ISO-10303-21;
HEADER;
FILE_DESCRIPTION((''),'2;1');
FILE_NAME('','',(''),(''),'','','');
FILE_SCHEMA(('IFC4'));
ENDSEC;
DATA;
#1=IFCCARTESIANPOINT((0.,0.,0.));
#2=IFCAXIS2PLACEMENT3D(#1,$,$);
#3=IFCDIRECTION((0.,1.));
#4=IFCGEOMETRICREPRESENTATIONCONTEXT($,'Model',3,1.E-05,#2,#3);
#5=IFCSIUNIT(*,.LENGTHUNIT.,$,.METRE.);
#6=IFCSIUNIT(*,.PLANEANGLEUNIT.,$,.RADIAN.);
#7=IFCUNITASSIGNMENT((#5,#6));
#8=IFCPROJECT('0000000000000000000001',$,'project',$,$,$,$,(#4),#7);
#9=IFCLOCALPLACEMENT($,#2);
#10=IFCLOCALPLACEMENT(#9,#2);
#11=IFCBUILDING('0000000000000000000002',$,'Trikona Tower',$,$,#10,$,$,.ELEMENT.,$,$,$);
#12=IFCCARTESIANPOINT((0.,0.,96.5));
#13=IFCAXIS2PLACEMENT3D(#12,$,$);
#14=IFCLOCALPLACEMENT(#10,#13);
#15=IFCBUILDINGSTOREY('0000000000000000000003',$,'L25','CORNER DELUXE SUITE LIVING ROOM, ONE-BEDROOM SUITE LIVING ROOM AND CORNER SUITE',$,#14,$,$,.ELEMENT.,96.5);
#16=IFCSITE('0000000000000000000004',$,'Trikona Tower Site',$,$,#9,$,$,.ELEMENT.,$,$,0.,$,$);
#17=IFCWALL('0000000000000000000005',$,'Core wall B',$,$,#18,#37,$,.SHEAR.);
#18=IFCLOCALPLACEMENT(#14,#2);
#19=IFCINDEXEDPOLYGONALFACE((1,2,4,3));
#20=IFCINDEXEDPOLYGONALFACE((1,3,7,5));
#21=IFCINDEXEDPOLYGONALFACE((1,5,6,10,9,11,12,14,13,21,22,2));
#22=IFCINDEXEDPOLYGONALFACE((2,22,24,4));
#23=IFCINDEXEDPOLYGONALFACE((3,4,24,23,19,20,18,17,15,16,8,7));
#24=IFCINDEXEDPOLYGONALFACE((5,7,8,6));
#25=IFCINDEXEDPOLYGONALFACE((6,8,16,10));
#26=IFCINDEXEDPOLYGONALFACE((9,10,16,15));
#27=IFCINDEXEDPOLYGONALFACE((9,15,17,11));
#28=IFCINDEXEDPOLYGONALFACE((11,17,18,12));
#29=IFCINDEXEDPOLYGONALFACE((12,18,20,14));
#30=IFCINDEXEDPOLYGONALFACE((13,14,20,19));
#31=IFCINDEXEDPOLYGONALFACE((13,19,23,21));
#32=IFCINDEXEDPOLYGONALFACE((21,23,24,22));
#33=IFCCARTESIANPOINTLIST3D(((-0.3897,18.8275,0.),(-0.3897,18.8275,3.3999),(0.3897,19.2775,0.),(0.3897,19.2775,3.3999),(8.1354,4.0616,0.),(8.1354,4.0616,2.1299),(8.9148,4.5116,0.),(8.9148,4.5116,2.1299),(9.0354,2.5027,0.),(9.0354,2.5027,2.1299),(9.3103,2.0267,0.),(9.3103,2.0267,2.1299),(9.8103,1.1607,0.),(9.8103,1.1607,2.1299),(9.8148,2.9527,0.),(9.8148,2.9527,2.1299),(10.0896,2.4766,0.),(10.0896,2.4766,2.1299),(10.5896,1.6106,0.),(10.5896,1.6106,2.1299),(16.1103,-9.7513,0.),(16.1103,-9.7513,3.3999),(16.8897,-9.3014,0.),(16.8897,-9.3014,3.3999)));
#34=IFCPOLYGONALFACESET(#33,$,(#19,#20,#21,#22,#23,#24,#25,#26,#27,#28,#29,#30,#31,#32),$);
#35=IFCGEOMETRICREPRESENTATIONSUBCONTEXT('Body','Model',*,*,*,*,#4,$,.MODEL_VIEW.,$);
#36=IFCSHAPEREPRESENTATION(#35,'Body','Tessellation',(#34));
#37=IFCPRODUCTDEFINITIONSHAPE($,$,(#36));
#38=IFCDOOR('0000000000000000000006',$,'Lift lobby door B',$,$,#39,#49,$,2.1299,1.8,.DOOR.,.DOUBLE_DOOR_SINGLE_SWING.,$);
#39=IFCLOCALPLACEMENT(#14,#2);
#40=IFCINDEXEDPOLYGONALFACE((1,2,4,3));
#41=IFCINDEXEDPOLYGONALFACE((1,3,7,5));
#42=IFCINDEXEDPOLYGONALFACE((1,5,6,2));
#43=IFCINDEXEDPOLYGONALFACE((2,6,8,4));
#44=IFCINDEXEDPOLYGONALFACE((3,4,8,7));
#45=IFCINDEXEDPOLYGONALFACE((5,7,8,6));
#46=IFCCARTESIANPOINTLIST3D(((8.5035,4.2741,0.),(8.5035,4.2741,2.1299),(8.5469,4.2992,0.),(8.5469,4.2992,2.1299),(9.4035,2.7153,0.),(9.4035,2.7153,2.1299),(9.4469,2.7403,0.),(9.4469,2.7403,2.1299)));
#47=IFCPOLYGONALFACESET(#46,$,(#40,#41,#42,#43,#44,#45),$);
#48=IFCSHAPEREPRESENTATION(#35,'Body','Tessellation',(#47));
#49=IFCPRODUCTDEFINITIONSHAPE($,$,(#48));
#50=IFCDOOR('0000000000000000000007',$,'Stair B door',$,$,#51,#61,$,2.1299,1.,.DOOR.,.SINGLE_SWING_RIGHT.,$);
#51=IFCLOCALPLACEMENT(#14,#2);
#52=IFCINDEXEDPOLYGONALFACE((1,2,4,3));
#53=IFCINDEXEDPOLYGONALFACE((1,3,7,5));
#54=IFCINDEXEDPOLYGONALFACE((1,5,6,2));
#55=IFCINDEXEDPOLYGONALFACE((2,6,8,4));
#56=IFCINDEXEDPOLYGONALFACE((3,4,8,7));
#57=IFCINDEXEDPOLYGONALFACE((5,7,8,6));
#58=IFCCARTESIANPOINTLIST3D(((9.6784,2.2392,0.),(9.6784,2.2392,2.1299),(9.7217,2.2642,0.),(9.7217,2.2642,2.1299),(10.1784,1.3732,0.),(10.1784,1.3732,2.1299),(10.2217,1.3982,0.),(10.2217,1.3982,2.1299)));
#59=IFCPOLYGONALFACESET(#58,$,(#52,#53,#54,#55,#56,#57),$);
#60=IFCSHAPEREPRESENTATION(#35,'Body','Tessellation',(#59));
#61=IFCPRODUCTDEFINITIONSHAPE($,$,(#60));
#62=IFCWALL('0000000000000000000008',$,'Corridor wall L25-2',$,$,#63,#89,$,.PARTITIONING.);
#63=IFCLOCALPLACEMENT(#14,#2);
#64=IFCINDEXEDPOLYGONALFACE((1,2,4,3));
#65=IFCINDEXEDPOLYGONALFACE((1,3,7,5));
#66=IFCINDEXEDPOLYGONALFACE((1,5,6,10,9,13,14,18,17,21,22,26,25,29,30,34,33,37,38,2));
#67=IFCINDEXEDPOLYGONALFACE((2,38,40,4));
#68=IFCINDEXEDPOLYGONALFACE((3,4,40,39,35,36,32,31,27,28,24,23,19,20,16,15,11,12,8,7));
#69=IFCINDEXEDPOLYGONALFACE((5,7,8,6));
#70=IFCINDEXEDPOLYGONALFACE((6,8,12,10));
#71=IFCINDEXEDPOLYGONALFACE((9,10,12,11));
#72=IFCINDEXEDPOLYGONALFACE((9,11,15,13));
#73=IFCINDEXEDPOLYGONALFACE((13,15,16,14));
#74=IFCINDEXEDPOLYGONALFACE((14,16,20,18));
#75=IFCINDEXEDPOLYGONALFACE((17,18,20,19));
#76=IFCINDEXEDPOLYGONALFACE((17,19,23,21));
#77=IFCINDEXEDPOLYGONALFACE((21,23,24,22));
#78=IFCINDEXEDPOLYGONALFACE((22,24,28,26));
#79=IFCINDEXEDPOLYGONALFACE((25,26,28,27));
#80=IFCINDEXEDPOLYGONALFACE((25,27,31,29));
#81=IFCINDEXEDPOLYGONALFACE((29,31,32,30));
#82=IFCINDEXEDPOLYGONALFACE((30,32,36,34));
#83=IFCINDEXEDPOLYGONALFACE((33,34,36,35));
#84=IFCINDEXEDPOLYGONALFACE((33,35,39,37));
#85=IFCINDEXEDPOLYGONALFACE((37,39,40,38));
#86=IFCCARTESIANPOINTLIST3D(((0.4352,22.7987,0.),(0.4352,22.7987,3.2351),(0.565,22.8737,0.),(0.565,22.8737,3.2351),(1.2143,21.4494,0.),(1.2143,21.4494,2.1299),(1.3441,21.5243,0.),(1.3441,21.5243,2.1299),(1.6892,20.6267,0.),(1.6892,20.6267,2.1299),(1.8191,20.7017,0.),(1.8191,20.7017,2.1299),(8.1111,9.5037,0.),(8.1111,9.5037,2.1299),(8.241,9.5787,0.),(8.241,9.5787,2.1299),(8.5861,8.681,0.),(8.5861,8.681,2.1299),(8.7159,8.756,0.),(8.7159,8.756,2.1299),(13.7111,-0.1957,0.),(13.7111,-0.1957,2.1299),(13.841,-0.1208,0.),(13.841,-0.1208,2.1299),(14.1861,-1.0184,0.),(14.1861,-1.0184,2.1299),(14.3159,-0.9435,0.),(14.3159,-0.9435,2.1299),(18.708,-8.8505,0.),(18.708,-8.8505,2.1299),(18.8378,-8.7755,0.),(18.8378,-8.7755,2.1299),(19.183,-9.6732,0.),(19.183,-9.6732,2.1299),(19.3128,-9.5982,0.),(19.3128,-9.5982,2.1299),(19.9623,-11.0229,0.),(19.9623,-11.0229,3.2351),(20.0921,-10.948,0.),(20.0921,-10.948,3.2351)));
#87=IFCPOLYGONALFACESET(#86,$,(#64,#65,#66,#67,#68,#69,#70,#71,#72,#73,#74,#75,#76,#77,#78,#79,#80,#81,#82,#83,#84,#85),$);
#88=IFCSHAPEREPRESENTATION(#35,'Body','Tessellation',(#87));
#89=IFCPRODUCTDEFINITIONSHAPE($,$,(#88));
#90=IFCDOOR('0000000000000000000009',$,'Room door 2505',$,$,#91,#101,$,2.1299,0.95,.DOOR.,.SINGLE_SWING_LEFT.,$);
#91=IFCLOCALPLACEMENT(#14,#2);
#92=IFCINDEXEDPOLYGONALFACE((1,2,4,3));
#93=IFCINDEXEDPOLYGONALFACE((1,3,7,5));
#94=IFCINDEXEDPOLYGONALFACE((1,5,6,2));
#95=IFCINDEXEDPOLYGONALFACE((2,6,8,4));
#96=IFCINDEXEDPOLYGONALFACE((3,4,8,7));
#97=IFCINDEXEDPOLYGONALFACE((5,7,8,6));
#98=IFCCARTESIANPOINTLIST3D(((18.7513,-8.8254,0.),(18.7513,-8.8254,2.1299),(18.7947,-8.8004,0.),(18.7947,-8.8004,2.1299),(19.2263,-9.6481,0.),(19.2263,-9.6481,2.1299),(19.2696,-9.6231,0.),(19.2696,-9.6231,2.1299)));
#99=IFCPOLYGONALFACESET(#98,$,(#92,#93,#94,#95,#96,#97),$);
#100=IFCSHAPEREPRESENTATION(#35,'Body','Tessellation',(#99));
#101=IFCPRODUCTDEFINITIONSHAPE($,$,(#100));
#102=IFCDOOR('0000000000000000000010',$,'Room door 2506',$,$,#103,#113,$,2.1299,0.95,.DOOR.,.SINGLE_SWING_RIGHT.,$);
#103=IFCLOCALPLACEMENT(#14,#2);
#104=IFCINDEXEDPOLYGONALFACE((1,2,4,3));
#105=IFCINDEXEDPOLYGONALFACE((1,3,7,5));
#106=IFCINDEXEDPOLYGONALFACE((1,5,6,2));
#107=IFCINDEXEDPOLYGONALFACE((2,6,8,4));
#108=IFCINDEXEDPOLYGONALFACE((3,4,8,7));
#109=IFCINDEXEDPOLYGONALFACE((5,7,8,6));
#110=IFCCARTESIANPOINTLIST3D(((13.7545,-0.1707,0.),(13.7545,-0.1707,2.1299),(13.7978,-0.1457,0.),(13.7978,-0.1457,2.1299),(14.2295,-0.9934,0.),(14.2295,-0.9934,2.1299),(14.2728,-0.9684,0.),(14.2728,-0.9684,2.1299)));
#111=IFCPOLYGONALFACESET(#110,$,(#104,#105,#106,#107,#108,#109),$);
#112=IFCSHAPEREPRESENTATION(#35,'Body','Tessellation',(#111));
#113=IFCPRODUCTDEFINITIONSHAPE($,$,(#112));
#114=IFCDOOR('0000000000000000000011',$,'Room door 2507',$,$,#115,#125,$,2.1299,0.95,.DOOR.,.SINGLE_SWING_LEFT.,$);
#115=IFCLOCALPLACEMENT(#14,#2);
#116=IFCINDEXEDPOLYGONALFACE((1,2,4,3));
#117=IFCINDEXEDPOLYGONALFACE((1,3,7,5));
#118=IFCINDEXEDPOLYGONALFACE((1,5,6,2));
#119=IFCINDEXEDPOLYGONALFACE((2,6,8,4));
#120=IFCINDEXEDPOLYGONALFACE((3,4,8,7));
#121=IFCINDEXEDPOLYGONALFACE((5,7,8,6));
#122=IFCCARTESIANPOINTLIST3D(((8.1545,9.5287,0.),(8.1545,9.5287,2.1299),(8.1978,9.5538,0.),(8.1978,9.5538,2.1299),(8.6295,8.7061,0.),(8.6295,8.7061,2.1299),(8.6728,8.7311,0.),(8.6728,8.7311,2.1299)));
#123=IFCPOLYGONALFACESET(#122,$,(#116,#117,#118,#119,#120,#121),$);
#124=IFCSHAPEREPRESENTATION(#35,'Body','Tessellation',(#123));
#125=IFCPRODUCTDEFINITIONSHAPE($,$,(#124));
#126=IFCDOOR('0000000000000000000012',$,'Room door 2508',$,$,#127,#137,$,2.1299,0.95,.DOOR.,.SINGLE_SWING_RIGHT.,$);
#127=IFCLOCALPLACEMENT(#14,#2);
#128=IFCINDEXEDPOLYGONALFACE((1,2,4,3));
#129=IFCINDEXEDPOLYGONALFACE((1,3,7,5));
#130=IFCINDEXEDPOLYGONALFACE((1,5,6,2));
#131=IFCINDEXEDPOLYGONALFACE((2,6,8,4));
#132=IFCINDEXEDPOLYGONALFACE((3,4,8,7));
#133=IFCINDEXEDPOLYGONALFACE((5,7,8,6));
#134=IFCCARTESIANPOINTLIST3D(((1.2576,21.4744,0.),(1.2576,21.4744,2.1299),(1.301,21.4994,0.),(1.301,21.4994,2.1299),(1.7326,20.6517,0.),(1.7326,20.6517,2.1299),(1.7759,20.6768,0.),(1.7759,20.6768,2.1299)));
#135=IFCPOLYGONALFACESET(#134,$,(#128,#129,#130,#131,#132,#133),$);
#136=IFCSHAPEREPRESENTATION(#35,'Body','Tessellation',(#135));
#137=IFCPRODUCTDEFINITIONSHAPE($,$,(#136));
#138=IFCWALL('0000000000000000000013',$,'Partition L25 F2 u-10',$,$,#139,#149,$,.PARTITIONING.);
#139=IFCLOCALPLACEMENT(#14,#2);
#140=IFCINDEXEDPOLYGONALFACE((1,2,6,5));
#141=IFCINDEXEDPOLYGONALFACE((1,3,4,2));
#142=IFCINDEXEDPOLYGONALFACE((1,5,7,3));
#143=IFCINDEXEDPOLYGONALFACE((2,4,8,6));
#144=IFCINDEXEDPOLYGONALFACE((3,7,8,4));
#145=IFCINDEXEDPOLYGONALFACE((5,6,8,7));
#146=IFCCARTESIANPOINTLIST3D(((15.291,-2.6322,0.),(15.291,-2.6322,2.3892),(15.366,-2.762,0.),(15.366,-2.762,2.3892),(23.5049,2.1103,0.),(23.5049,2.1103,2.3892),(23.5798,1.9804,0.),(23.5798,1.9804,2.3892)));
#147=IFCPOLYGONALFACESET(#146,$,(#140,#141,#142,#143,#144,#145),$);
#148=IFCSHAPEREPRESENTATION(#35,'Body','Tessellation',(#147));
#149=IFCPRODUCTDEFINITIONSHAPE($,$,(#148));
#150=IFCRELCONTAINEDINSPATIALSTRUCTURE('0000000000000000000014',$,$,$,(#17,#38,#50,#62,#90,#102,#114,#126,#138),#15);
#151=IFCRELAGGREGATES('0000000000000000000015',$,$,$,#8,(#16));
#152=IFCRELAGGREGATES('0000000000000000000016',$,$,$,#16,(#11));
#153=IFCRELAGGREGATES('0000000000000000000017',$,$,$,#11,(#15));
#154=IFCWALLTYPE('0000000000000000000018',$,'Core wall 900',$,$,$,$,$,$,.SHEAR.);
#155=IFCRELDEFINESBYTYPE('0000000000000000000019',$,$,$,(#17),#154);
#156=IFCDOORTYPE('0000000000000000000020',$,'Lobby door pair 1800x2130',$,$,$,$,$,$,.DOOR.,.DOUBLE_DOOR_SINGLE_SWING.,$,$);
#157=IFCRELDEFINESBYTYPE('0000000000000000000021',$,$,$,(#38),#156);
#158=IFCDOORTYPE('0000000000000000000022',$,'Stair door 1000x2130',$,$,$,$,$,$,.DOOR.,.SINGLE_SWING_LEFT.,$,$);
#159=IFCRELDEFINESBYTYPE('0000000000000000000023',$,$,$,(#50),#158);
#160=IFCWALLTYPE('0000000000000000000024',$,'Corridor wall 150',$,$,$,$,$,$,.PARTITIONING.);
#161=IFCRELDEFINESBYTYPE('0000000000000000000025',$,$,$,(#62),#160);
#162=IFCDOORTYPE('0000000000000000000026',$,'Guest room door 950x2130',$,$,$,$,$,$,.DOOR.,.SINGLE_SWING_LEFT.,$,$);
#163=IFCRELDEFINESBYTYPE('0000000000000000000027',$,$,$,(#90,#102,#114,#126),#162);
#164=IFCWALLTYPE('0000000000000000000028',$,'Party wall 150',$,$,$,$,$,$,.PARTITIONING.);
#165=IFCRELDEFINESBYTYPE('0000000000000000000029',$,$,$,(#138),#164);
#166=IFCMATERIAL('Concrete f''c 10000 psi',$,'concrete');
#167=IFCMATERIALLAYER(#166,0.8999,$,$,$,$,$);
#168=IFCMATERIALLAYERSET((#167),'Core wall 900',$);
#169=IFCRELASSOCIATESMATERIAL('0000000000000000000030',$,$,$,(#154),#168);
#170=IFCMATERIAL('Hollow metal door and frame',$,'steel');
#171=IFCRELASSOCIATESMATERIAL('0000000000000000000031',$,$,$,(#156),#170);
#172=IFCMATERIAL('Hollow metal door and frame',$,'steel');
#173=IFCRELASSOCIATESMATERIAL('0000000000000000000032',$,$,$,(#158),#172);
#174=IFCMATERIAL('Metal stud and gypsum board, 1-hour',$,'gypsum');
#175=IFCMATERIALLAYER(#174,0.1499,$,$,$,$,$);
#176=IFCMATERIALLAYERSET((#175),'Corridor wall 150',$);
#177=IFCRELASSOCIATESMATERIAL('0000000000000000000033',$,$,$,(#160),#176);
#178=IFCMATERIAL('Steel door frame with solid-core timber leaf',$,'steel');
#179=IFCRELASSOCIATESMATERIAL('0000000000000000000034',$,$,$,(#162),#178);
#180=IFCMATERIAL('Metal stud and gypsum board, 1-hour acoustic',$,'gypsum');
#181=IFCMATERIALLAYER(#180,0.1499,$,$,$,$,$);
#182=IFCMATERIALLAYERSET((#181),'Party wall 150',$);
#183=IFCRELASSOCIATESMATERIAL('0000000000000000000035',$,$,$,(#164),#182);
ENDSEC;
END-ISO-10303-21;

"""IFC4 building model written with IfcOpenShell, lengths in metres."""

from ifc_helpers import new_model, si_unit, direction, frame, frame_2d, origin, place, context, subcontext, project, spatial, rectangle, extrude, material, layer, layer_set, type_object, element, fill, save


model = new_model("IFC4")

# Units and contexts
model_context = context("Model", 3, precision=1e-05, world=origin(), true_north=direction((0.0, 1.0)))
body_context = subcontext(model_context, "Body", "Model", "MODEL_VIEW")
ifc_project = project(units=[si_unit("LENGTHUNIT", "METRE"), si_unit("PLANEANGLEUNIT", "RADIAN")], contexts=[model_context])

# Site, building, storey
site_placement = place(None, origin())
site = spatial("IfcSite", under=ifc_project, at=site_placement, Name="Trikona Tower Site", CompositionType="ELEMENT", RefElevation=0.0)
building_placement = place(site_placement, origin())
building = spatial("IfcBuilding", under=site, at=building_placement, Name="Trikona Tower", CompositionType="ELEMENT")
storey_placement = place(building_placement, frame((0.0, 0.0, 96.5)))
storey = spatial("IfcBuildingStorey", under=building, at=storey_placement, Name="L25", Description="CORNER DELUXE SUITE LIVING ROOM, ONE-BEDROOM SUITE LIVING ROOM AND CORNER SUITE", CompositionType="ELEMENT", Elevation=96.5)

# Walls, openings, doors
ifc_material_1 = material(Name="Concrete f'c 10000 psi", Category="concrete")
ifc_layer_1 = layer(ifc_material_1, 0.8999)
ifc_layer_set_1 = layer_set([ifc_layer_1], Name="Core wall 900")
wall_type_1 = type_object("IfcWallType", Name="Core wall 900", PredefinedType="SHEAR", material=ifc_layer_set_1)
wall_1_placement = place(storey_placement, frame((16.5, -9.5264, 0.0), z_axis=(0.0, 0.0, 1.0), x_axis=(-0.5, 0.866026, 0.0)))
wall_1 = element("IfcWall", 1, at=wall_1_placement, inside=storey, type_object=wall_type_1, Name="Core wall B", PredefinedType="SHEAR", context=body_context, shape_type="SweptSolid", body=[
    extrude(rectangle(XDim=33.0, YDim=0.8999, at=frame_2d((16.5, 0.0))), origin(), (0.0, 0.0, 1.0), 3.3999),
])
opening_1_placement = place(wall_1_placement, frame((14.1499, 0.0, 0.0)))
opening_1 = element("IfcOpeningElement", 2, at=opening_1_placement, cuts=wall_1, PredefinedType="OPENING", context=body_context, shape_type="SweptSolid", body=[
    extrude(rectangle(XDim=1.8, YDim=2.1299, at=frame_2d((0.8999, 1.0649))), frame((0.0, 0.46, 0.0), z_axis=(0.0, -1.0, 0.0), x_axis=(1.0, 0.0, 0.0)), (0.0, 0.0, 1.0), 0.9199),
])
opening_2_placement = place(wall_1_placement, frame((12.6001, 0.0, 0.0)))
opening_2 = element("IfcOpeningElement", 3, at=opening_2_placement, cuts=wall_1, PredefinedType="OPENING", context=body_context, shape_type="SweptSolid", body=[
    extrude(rectangle(XDim=1.0, YDim=2.1299, at=frame_2d((0.5, 1.0649))), frame((0.0, 0.46, 0.0), z_axis=(0.0, -1.0, 0.0), x_axis=(1.0, 0.0, 0.0)), (0.0, 0.0, 1.0), 0.9199),
])
ifc_material_2 = material(Name="Hollow metal door and frame", Category="steel")
door_type_1 = type_object("IfcDoorType", Name="Lobby door pair 1800x2130", OperationType="DOUBLE_DOOR_SINGLE_SWING", PredefinedType="DOOR", material=ifc_material_2)
door_1_placement = place(opening_1_placement, origin())
door_1 = element("IfcDoor", 4, at=door_1_placement, inside=storey, type_object=door_type_1, Name="Lift lobby door B", OperationType="DOUBLE_DOOR_SINGLE_SWING", OverallHeight=2.1299, OverallWidth=1.8, PredefinedType="DOOR", context=body_context, shape_type="SweptSolid", body=[
    extrude(rectangle(XDim=1.8, YDim=2.1299, at=frame_2d((0.8999, 1.0649))), frame((0.0, 0.0249, 0.0), z_axis=(0.0, -1.0, 0.0), x_axis=(1.0, 0.0, 0.0)), (0.0, 0.0, 1.0), 0.05),
])
fill(opening_1, door_1)
ifc_material_3 = material(Name="Hollow metal door and frame", Category="steel")
door_type_2 = type_object("IfcDoorType", Name="Stair door 1000x2130", OperationType="SINGLE_SWING_LEFT", PredefinedType="DOOR", material=ifc_material_3)
door_2_placement = place(opening_2_placement, origin())
door_2 = element("IfcDoor", 5, at=door_2_placement, inside=storey, type_object=door_type_2, Name="Stair B door", OperationType="SINGLE_SWING_RIGHT", OverallHeight=2.1299, OverallWidth=1.0, PredefinedType="DOOR", context=body_context, shape_type="SweptSolid", body=[
    extrude(rectangle(XDim=1.0, YDim=2.1299, at=frame_2d((0.5, 1.0649))), frame((0.0, 0.0249, 0.0), z_axis=(0.0, -1.0, 0.0), x_axis=(1.0, 0.0, 0.0)), (0.0, 0.0, 1.0), 0.05),
])
fill(opening_2, door_2)
ifc_material_4 = material(Name="Metal stud and gypsum board, 1-hour", Category="gypsum")
ifc_layer_2 = layer(ifc_material_4, 0.1499)
ifc_layer_set_2 = layer_set([ifc_layer_2], Name="Corridor wall 150")
wall_type_2 = type_object("IfcWallType", Name="Corridor wall 150", PredefinedType="PARTITIONING", material=ifc_layer_set_2)
wall_2_placement = place(storey_placement, frame((20.0271, -10.9854, 0.0), z_axis=(0.0, 0.0, 1.0), x_axis=(-0.500002, 0.866024, 0.0)))
wall_2 = element("IfcWall", 6, at=wall_2_placement, inside=storey, type_object=wall_type_2, Name="Corridor wall L25-2", PredefinedType="PARTITIONING", context=body_context, shape_type="SweptSolid", body=[
    extrude(rectangle(XDim=39.054, YDim=0.1499, at=frame_2d((19.5269, 0.0))), origin(), (0.0, 0.0, 1.0), 3.2351),
])
opening_3_placement = place(wall_2_placement, frame((1.5583, 0.0, 0.0)))
opening_3 = element("IfcOpeningElement", 7, at=opening_3_placement, cuts=wall_2, PredefinedType="OPENING", context=body_context, shape_type="SweptSolid", body=[
    extrude(rectangle(XDim=0.95, YDim=2.1299, at=frame_2d((0.4751, 1.0649))), frame((0.0, 0.085, 0.0), z_axis=(0.0, -1.0, 0.0), x_axis=(1.0, 0.0, 0.0)), (0.0, 0.0, 1.0), 0.1699),
])
opening_4_placement = place(wall_2_placement, frame((11.552, 0.0, 0.0)))
opening_4 = element("IfcOpeningElement", 8, at=opening_4_placement, cuts=wall_2, PredefinedType="OPENING", context=body_context, shape_type="SweptSolid", body=[
    extrude(rectangle(XDim=0.95, YDim=2.1299, at=frame_2d((0.4751, 1.0649))), frame((0.0, 0.085, 0.0), z_axis=(0.0, -1.0, 0.0), x_axis=(1.0, 0.0, 0.0)), (0.0, 0.0, 1.0), 0.1699),
])
opening_5_placement = place(wall_2_placement, frame((22.752, 0.0, 0.0)))
opening_5 = element("IfcOpeningElement", 9, at=opening_5_placement, cuts=wall_2, PredefinedType="OPENING", context=body_context, shape_type="SweptSolid", body=[
    extrude(rectangle(XDim=0.95, YDim=2.1299, at=frame_2d((0.4751, 1.0649))), frame((0.0, 0.085, 0.0), z_axis=(0.0, -1.0, 0.0), x_axis=(1.0, 0.0, 0.0)), (0.0, 0.0, 1.0), 0.1699),
])
opening_6_placement = place(wall_2_placement, frame((36.5457, 0.0, 0.0)))
opening_6 = element("IfcOpeningElement", 10, at=opening_6_placement, cuts=wall_2, PredefinedType="OPENING", context=body_context, shape_type="SweptSolid", body=[
    extrude(rectangle(XDim=0.95, YDim=2.1299, at=frame_2d((0.4751, 1.0649))), frame((0.0, 0.085, 0.0), z_axis=(0.0, -1.0, 0.0), x_axis=(1.0, 0.0, 0.0)), (0.0, 0.0, 1.0), 0.1699),
])
ifc_material_5 = material(Name="Steel door frame with solid-core timber leaf", Category="steel")
door_type_3 = type_object("IfcDoorType", Name="Guest room door 950x2130", OperationType="SINGLE_SWING_LEFT", PredefinedType="DOOR", material=ifc_material_5)
door_3_placement = place(opening_3_placement, origin())
door_3 = element("IfcDoor", 11, at=door_3_placement, inside=storey, type_object=door_type_3, Name="Room door 2505", OperationType="SINGLE_SWING_LEFT", OverallHeight=2.1299, OverallWidth=0.95, PredefinedType="DOOR", context=body_context, shape_type="SweptSolid", body=[
    extrude(rectangle(XDim=0.95, YDim=2.1299, at=frame_2d((0.4751, 1.0649))), frame((0.0, 0.0249, 0.0), z_axis=(0.0, -1.0, 0.0), x_axis=(1.0, 0.0, 0.0)), (0.0, 0.0, 1.0), 0.05),
])
fill(opening_3, door_3)
door_4_placement = place(opening_4_placement, origin())
door_4 = element("IfcDoor", 12, at=door_4_placement, inside=storey, type_object=door_type_3, Name="Room door 2506", OperationType="SINGLE_SWING_RIGHT", OverallHeight=2.1299, OverallWidth=0.95, PredefinedType="DOOR", context=body_context, shape_type="SweptSolid", body=[
    extrude(rectangle(XDim=0.95, YDim=2.1299, at=frame_2d((0.4751, 1.0649))), frame((0.0, 0.0249, 0.0), z_axis=(0.0, -1.0, 0.0), x_axis=(1.0, 0.0, 0.0)), (0.0, 0.0, 1.0), 0.05),
])
fill(opening_4, door_4)
door_5_placement = place(opening_5_placement, origin())
door_5 = element("IfcDoor", 13, at=door_5_placement, inside=storey, type_object=door_type_3, Name="Room door 2507", OperationType="SINGLE_SWING_LEFT", OverallHeight=2.1299, OverallWidth=0.95, PredefinedType="DOOR", context=body_context, shape_type="SweptSolid", body=[
    extrude(rectangle(XDim=0.95, YDim=2.1299, at=frame_2d((0.4751, 1.0649))), frame((0.0, 0.0249, 0.0), z_axis=(0.0, -1.0, 0.0), x_axis=(1.0, 0.0, 0.0)), (0.0, 0.0, 1.0), 0.05),
])
fill(opening_5, door_5)
door_6_placement = place(opening_6_placement, origin())
door_6 = element("IfcDoor", 14, at=door_6_placement, inside=storey, type_object=door_type_3, Name="Room door 2508", OperationType="SINGLE_SWING_RIGHT", OverallHeight=2.1299, OverallWidth=0.95, PredefinedType="DOOR", context=body_context, shape_type="SweptSolid", body=[
    extrude(rectangle(XDim=0.95, YDim=2.1299, at=frame_2d((0.4751, 1.0649))), frame((0.0, 0.0249, 0.0), z_axis=(0.0, -1.0, 0.0), x_axis=(1.0, 0.0, 0.0)), (0.0, 0.0, 1.0), 0.05),
])
fill(opening_6, door_6)

# Wall
ifc_material_6 = material(Name="Metal stud and gypsum board, 1-hour acoustic", Category="gypsum")
ifc_layer_3 = layer(ifc_material_6, 0.1499)
ifc_layer_set_3 = layer_set([ifc_layer_3], Name="Party wall 150")
wall_type_3 = type_object("IfcWallType", Name="Party wall 150", PredefinedType="PARTITIONING", material=ifc_layer_set_3)
wall_3_placement = place(storey_placement, frame((15.3286, -2.697, 0.0), z_axis=(0.0, 0.0, 1.0), x_axis=(0.866018, 0.500012, 0.0)))
element("IfcWall", 15, at=wall_3_placement, inside=storey, type_object=wall_type_3, Name="Partition L25 F2 u-10", PredefinedType="PARTITIONING", context=body_context, shape_type="SweptSolid", body=[
    extrude(rectangle(XDim=9.4846, YDim=0.1499, at=frame_2d((4.7422, 0.0))), origin(), (0.0, 0.0, 1.0), 2.3892),
])

save(model, "model.ifc")
